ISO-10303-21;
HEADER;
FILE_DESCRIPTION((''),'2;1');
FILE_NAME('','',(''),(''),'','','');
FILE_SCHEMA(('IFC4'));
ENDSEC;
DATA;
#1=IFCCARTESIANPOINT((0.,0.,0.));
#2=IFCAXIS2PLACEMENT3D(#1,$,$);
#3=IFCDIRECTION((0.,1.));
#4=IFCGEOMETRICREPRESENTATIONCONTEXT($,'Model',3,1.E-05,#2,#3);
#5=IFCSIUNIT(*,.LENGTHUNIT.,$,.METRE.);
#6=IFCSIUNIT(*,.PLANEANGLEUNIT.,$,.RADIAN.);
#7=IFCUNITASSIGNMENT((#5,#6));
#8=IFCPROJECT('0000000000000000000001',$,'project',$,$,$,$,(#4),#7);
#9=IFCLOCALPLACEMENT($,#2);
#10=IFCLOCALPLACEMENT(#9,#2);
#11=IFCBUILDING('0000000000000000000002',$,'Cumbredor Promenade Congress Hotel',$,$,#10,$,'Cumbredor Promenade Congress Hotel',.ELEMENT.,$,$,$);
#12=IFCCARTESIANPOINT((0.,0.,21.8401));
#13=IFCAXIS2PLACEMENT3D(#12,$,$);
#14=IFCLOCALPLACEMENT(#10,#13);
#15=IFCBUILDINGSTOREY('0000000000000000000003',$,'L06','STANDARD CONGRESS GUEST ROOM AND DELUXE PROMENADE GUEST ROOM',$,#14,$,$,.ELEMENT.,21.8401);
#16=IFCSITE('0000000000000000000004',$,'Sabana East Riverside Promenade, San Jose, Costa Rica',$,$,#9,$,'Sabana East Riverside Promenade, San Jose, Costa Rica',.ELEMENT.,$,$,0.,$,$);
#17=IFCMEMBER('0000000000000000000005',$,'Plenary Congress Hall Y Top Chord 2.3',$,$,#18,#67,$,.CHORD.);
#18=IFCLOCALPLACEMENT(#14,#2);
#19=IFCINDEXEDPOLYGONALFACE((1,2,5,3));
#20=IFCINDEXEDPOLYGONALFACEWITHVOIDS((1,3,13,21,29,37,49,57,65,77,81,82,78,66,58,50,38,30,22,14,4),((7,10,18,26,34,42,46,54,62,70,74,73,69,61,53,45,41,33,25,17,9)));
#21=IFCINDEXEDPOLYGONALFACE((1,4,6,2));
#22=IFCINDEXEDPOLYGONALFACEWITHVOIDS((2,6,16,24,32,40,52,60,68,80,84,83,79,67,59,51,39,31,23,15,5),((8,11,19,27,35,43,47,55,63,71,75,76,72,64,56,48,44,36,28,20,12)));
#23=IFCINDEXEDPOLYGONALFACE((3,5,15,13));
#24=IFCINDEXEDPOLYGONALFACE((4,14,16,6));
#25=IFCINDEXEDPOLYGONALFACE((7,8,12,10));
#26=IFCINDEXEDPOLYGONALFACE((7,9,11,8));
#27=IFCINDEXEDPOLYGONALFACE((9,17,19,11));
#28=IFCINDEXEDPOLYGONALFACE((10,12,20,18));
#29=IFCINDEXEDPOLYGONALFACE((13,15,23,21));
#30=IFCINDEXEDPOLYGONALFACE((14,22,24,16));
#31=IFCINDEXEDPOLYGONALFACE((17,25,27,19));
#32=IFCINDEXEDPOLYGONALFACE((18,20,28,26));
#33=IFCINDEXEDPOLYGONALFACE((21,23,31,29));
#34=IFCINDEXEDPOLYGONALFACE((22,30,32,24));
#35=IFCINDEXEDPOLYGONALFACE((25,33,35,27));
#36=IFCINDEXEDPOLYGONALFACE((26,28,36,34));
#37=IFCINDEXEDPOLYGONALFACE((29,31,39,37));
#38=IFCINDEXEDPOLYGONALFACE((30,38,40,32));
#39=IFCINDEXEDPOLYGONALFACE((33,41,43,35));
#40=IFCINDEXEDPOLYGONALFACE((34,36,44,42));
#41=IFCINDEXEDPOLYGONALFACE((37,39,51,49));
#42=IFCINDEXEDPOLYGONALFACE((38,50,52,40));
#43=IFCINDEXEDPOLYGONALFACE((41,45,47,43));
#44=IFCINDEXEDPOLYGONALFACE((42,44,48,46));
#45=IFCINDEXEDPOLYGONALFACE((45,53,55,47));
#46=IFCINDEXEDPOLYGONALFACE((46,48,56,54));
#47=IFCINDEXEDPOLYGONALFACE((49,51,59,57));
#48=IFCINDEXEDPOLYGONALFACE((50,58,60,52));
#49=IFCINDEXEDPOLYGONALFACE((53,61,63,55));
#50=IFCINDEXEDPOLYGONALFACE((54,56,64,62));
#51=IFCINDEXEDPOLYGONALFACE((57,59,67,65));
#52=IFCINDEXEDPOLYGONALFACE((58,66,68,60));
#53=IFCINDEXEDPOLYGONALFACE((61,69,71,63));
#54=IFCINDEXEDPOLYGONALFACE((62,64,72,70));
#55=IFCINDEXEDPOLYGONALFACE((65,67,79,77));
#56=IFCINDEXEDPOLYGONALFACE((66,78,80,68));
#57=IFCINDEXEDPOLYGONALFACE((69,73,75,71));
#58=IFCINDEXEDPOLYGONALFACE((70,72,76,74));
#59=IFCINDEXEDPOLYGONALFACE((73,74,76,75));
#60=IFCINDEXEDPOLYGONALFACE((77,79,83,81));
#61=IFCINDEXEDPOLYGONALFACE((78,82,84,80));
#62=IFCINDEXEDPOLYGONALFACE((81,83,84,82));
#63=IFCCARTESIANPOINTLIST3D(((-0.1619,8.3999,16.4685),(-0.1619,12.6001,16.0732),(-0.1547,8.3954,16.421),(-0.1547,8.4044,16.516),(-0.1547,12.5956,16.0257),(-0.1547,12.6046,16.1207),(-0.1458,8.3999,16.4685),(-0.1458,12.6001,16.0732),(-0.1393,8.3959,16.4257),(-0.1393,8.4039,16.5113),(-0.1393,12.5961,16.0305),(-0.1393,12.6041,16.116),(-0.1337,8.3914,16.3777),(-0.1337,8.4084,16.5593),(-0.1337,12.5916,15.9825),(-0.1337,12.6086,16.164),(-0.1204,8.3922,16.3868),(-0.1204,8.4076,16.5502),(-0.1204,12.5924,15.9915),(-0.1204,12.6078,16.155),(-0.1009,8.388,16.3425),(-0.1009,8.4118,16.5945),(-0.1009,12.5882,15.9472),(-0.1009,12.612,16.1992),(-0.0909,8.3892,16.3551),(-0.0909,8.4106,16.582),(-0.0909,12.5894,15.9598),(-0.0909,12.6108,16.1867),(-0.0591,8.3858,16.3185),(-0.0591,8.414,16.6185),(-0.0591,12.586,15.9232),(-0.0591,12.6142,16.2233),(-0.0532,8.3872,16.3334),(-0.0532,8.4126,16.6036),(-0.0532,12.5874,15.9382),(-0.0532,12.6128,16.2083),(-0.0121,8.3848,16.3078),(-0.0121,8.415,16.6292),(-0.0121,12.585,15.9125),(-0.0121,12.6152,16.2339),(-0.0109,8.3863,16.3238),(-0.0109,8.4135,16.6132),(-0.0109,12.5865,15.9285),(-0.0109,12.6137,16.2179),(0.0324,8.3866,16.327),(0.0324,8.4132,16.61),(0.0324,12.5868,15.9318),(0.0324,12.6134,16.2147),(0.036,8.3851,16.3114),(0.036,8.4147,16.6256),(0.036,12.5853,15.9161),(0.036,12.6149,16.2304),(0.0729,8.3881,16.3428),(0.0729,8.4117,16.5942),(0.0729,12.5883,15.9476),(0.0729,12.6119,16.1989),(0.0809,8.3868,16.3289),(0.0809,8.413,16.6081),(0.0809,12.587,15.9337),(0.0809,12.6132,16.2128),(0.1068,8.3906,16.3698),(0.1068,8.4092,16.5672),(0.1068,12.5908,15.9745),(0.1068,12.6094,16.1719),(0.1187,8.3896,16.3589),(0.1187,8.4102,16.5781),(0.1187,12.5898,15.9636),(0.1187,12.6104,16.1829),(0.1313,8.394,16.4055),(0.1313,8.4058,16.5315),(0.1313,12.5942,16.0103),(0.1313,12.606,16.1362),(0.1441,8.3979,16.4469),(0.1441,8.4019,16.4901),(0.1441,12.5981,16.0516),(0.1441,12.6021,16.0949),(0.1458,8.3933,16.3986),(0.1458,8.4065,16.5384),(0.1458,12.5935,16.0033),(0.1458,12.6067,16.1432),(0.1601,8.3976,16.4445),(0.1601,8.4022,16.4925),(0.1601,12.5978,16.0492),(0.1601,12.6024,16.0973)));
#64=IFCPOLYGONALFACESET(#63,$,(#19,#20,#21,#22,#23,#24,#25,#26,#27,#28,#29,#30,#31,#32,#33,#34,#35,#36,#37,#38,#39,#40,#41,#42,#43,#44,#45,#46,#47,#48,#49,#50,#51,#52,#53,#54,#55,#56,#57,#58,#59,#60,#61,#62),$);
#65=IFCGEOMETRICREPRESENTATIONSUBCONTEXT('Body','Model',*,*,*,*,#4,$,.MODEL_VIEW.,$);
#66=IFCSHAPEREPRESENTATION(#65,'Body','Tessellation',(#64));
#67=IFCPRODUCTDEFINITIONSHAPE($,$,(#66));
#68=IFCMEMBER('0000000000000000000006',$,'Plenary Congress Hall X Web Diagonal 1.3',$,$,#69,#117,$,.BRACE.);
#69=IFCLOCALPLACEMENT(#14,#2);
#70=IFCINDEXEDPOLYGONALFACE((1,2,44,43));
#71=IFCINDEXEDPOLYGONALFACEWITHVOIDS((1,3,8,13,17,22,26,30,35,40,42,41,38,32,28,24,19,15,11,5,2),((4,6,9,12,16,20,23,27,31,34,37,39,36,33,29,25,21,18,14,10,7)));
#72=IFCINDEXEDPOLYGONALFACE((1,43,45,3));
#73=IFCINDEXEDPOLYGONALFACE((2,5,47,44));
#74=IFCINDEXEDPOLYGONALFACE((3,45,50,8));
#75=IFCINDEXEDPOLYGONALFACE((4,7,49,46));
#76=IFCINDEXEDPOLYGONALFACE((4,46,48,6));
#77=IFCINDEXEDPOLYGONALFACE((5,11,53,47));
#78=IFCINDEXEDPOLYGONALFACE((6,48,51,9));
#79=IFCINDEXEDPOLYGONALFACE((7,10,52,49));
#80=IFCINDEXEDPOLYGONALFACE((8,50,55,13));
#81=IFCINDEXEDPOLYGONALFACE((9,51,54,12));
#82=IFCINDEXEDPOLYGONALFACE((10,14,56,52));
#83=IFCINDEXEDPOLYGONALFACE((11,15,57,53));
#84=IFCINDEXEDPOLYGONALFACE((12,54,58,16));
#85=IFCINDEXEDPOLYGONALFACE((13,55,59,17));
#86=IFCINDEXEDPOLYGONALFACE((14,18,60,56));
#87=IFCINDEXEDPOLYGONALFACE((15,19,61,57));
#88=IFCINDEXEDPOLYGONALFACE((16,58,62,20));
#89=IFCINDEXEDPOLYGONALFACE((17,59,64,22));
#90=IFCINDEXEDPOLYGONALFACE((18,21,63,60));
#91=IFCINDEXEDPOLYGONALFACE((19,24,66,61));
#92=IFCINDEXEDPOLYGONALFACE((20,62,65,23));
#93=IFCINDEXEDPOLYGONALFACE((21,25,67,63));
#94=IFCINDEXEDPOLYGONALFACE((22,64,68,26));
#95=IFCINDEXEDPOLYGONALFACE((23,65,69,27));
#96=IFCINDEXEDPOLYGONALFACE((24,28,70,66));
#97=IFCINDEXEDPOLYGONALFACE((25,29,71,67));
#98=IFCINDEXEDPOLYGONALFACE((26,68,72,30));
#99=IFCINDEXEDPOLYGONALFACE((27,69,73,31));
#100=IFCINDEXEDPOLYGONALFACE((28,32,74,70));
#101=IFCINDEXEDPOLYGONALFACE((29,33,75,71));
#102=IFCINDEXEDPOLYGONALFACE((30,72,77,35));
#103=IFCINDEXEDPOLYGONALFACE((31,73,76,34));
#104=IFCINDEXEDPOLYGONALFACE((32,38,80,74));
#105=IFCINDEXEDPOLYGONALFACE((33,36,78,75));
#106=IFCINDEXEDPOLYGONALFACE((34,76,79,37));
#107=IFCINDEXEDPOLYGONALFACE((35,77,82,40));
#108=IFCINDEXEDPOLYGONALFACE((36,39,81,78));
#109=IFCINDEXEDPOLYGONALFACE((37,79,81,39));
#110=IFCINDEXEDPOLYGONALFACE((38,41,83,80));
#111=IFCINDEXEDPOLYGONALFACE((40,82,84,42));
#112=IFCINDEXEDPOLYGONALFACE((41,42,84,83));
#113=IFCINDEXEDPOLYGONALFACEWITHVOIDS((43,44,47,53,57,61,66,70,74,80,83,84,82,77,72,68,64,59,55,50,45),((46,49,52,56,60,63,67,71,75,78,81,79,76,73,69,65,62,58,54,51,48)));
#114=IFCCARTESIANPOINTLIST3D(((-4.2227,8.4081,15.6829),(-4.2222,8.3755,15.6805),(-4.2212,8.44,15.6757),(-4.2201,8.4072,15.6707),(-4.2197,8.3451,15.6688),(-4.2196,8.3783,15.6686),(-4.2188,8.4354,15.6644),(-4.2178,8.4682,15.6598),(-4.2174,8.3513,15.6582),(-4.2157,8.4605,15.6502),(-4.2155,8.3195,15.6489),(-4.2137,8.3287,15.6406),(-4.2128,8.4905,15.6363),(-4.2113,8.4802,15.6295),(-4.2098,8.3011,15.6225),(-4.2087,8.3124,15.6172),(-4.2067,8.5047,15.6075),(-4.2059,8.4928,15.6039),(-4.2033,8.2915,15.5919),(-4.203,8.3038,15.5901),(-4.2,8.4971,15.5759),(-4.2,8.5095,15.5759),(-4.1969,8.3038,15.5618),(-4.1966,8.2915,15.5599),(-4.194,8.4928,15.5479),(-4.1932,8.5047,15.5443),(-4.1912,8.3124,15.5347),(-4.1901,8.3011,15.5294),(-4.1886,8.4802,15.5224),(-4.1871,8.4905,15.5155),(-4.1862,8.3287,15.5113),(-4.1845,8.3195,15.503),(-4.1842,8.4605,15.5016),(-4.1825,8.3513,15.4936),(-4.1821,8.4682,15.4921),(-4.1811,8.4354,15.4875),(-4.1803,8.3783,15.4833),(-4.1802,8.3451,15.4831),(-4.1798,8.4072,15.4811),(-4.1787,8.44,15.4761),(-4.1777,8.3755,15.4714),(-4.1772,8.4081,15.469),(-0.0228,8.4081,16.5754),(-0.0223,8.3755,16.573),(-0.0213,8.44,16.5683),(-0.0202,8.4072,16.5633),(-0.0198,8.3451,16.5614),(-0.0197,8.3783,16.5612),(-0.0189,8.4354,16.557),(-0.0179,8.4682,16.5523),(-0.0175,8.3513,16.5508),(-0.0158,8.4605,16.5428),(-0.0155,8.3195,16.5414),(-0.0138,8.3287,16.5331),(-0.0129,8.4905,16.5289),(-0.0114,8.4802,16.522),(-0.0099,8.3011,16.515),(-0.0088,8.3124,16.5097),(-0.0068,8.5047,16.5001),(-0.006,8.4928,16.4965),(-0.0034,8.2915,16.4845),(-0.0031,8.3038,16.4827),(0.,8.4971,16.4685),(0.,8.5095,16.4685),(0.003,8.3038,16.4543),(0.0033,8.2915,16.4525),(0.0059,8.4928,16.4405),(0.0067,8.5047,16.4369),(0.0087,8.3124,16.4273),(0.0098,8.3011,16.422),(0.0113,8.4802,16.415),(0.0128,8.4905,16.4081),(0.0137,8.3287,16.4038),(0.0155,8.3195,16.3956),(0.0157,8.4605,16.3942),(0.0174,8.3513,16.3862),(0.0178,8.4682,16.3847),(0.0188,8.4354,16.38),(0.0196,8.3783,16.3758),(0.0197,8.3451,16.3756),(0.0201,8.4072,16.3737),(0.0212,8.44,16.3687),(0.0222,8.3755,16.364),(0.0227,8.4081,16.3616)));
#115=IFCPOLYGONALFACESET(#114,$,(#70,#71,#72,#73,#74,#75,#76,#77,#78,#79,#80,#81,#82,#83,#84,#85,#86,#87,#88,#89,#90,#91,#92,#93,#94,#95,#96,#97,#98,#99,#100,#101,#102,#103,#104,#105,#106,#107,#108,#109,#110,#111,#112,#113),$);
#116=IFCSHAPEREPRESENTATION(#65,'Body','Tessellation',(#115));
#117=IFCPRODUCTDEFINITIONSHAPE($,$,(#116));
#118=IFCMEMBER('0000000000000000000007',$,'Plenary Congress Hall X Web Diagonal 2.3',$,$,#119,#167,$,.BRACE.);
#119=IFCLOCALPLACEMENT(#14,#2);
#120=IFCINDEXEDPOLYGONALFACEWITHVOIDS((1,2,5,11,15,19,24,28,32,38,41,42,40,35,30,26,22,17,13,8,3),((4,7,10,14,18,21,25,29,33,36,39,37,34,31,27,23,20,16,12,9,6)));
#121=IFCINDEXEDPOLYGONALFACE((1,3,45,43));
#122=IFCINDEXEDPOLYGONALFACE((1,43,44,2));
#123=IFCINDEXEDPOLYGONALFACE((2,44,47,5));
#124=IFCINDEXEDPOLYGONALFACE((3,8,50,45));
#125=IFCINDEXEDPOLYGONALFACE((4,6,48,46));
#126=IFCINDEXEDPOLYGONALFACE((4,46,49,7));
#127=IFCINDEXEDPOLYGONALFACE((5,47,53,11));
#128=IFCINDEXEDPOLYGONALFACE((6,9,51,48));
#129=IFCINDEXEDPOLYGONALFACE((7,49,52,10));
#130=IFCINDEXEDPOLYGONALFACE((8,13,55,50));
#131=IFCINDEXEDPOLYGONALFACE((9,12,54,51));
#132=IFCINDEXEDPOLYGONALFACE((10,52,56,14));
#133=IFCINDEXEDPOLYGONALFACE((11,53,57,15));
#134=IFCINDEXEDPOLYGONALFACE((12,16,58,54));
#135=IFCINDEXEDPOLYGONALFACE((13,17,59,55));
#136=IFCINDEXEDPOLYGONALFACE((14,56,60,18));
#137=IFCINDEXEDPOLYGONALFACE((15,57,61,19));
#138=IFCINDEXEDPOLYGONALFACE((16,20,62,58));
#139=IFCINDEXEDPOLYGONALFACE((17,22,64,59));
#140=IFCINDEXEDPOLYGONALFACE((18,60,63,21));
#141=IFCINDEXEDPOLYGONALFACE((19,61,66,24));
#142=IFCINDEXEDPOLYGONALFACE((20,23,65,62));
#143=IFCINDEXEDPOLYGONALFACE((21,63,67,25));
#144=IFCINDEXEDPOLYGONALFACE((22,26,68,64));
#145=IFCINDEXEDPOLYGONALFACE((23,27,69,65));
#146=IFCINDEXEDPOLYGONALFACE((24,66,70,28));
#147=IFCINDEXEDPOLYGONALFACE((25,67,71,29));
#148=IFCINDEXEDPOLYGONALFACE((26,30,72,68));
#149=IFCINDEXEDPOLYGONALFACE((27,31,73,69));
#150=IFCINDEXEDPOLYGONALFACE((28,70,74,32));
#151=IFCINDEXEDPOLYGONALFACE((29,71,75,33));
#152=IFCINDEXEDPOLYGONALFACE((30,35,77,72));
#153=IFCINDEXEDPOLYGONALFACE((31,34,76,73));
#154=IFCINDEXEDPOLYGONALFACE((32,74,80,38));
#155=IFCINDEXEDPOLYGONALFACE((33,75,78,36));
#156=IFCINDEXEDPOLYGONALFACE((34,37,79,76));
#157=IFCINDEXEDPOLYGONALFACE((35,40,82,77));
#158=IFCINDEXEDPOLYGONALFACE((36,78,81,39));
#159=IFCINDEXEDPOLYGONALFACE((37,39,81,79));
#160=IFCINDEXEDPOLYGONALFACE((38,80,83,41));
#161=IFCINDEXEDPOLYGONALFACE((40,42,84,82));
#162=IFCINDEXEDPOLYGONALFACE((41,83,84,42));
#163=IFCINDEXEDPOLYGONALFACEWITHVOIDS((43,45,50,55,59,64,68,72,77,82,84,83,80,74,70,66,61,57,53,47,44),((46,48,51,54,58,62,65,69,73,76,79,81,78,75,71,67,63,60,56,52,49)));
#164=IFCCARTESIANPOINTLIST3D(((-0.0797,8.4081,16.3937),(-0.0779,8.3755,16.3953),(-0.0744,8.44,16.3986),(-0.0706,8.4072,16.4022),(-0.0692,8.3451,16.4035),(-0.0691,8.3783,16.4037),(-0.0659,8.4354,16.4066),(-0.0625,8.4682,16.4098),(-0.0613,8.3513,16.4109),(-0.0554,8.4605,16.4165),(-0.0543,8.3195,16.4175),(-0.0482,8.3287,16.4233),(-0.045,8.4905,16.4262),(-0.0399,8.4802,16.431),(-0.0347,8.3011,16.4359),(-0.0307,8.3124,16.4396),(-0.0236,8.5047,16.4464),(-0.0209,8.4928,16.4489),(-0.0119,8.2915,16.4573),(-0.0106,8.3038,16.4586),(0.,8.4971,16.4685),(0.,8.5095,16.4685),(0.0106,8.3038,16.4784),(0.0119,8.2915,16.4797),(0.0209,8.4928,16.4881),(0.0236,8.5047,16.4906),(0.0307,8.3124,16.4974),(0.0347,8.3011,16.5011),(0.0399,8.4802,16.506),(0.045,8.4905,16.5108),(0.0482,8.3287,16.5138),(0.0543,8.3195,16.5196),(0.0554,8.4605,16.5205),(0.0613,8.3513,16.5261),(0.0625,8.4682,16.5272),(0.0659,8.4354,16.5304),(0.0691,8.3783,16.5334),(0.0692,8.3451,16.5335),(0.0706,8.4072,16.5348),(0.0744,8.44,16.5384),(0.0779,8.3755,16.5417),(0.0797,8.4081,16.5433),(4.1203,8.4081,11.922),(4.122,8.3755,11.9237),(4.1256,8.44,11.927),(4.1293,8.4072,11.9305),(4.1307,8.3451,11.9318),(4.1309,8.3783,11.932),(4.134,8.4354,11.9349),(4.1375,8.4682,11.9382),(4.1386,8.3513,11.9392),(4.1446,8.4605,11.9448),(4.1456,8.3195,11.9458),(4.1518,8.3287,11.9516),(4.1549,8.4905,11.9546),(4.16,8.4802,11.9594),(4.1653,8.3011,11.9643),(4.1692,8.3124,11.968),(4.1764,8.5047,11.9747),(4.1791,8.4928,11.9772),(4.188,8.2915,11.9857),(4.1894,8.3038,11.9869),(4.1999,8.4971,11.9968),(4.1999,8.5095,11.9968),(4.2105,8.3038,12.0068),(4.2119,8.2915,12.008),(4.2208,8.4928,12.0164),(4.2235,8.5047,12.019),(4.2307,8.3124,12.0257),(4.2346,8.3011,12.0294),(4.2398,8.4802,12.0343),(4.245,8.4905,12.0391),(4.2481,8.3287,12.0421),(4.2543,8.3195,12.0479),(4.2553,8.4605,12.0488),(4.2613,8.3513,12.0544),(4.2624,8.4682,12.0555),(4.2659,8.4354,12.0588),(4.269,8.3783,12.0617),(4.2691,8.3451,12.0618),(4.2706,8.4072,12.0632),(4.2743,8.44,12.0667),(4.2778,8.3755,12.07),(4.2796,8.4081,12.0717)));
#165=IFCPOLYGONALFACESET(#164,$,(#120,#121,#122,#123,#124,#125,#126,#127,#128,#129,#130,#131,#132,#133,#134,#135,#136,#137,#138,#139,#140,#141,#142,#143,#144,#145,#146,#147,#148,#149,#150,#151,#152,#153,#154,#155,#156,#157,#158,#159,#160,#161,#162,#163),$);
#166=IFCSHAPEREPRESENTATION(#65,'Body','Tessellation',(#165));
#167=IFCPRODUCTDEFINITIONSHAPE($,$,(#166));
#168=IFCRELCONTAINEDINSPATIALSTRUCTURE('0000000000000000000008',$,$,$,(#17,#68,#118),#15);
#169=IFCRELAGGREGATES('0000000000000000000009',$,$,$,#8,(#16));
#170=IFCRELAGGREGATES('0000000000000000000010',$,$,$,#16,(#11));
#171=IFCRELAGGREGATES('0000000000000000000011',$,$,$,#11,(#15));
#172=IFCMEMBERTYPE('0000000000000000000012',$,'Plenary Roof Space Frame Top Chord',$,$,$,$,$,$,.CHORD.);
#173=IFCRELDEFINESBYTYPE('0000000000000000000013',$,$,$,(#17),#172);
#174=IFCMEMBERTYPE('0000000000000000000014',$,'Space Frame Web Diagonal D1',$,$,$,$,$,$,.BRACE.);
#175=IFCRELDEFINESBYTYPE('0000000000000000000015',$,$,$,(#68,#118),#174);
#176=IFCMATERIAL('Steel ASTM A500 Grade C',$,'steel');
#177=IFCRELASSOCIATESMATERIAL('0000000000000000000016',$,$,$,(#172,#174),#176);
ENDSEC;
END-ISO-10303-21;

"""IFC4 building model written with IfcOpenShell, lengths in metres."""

from ifc_helpers import new_model, si_unit, direction, frame, origin, origin_2d, place, context, subcontext, project, spatial, hollow_circle, extrude, material, material_profile, profile_set, type_object, element, save


model = new_model("IFC4")

# Units and contexts
model_context = context("Model", 3, precision=1e-05, world=origin(), true_north=direction((0.0, 1.0)))
body_context = subcontext(model_context, "Body", "Model", "MODEL_VIEW")
ifc_project = project(units=[si_unit("LENGTHUNIT", "METRE"), si_unit("PLANEANGLEUNIT", "RADIAN")], contexts=[model_context])

# Site, building, storey
site_placement = place(None, origin())
site = spatial("IfcSite", under=ifc_project, at=site_placement, Name="Sabana East Riverside Promenade, San Jose, Costa Rica", LongName="Sabana East Riverside Promenade, San Jose, Costa Rica", CompositionType="ELEMENT", RefElevation=0.0)
building_placement = place(site_placement, origin())
building = spatial("IfcBuilding", under=site, at=building_placement, Name="Cumbredor Promenade Congress Hotel", LongName="Cumbredor Promenade Congress Hotel", CompositionType="ELEMENT")
storey_placement = place(building_placement, frame((0.0, 0.0, 21.8401)))
storey = spatial("IfcBuildingStorey", under=building, at=storey_placement, Name="L06", Description="STANDARD CONGRESS GUEST ROOM AND DELUXE PROMENADE GUEST ROOM", CompositionType="ELEMENT", Elevation=21.8401)

# Members
ifc_material_1 = material(Name="Steel ASTM A500 Grade C", Category="steel")
ifc_material_profile_1 = material_profile(ifc_material_1, hollow_circle(Radius=0.1619, WallThickness=0.0161, at=origin_2d()), Name="CHS 323.9x16")
ifc_profile_set_1 = profile_set([ifc_material_profile_1], Name="Steel ASTM A500 Grade C")
member_type_1 = type_object("IfcMemberType", Name="Plenary Roof Space Frame Top Chord", PredefinedType="CHORD", material=ifc_profile_set_1)
member_1_placement = place(storey_placement, frame((0.0, 8.3999, 16.4685), z_axis=(0.0, 0.995601, -0.093692), x_axis=(-1.0, 0.0, 0.0)))
element("IfcMember", 1, at=member_1_placement, inside=storey, type_object=member_type_1, Name="Plenary Congress Hall Y Top Chord 2.3", PredefinedType="CHORD", context=body_context, shape_type="SweptSolid", body=[
    extrude(hollow_circle(Radius=0.1619, WallThickness=0.0161, at=origin_2d()), origin(), (0.0, 0.0, 1.0), 4.2188),
])
ifc_material_profile_2 = material_profile(ifc_material_1, hollow_circle(Radius=0.1096, WallThickness=0.0125, at=origin_2d()), Name="CHS 219.1x12.5")
ifc_profile_set_2 = profile_set([ifc_material_profile_2], Name="Steel ASTM A500 Grade C")
member_type_2 = type_object("IfcMemberType", Name="Space Frame Web Diagonal D1", PredefinedType="BRACE", material=ifc_profile_set_2)
member_2_placement = place(storey_placement, frame((-4.2, 8.3999, 15.5759), z_axis=(0.978155, 0.0, 0.207878), x_axis=(0.0, 1.0, 0.0)))
element("IfcMember", 2, at=member_2_placement, inside=storey, type_object=member_type_2, Name="Plenary Congress Hall X Web Diagonal 1.3", PredefinedType="BRACE", context=body_context, shape_type="SweptSolid", body=[
    extrude(hollow_circle(Radius=0.1096, WallThickness=0.0125, at=origin_2d()), origin(), (0.0, 0.0, 1.0), 4.2937),
])
member_3_placement = place(storey_placement, frame((0.0, 8.3999, 16.4685), z_axis=(0.684613, 0.0, -0.728906), x_axis=(0.0, 1.0, 0.0)))
element("IfcMember", 3, at=member_3_placement, inside=storey, type_object=member_type_2, Name="Plenary Congress Hall X Web Diagonal 2.3", PredefinedType="BRACE", context=body_context, shape_type="SweptSolid", body=[
    extrude(hollow_circle(Radius=0.1096, WallThickness=0.0125, at=origin_2d()), origin(), (0.0, 0.0, 1.0), 6.1348),
])

save(model, "model.ifc")
